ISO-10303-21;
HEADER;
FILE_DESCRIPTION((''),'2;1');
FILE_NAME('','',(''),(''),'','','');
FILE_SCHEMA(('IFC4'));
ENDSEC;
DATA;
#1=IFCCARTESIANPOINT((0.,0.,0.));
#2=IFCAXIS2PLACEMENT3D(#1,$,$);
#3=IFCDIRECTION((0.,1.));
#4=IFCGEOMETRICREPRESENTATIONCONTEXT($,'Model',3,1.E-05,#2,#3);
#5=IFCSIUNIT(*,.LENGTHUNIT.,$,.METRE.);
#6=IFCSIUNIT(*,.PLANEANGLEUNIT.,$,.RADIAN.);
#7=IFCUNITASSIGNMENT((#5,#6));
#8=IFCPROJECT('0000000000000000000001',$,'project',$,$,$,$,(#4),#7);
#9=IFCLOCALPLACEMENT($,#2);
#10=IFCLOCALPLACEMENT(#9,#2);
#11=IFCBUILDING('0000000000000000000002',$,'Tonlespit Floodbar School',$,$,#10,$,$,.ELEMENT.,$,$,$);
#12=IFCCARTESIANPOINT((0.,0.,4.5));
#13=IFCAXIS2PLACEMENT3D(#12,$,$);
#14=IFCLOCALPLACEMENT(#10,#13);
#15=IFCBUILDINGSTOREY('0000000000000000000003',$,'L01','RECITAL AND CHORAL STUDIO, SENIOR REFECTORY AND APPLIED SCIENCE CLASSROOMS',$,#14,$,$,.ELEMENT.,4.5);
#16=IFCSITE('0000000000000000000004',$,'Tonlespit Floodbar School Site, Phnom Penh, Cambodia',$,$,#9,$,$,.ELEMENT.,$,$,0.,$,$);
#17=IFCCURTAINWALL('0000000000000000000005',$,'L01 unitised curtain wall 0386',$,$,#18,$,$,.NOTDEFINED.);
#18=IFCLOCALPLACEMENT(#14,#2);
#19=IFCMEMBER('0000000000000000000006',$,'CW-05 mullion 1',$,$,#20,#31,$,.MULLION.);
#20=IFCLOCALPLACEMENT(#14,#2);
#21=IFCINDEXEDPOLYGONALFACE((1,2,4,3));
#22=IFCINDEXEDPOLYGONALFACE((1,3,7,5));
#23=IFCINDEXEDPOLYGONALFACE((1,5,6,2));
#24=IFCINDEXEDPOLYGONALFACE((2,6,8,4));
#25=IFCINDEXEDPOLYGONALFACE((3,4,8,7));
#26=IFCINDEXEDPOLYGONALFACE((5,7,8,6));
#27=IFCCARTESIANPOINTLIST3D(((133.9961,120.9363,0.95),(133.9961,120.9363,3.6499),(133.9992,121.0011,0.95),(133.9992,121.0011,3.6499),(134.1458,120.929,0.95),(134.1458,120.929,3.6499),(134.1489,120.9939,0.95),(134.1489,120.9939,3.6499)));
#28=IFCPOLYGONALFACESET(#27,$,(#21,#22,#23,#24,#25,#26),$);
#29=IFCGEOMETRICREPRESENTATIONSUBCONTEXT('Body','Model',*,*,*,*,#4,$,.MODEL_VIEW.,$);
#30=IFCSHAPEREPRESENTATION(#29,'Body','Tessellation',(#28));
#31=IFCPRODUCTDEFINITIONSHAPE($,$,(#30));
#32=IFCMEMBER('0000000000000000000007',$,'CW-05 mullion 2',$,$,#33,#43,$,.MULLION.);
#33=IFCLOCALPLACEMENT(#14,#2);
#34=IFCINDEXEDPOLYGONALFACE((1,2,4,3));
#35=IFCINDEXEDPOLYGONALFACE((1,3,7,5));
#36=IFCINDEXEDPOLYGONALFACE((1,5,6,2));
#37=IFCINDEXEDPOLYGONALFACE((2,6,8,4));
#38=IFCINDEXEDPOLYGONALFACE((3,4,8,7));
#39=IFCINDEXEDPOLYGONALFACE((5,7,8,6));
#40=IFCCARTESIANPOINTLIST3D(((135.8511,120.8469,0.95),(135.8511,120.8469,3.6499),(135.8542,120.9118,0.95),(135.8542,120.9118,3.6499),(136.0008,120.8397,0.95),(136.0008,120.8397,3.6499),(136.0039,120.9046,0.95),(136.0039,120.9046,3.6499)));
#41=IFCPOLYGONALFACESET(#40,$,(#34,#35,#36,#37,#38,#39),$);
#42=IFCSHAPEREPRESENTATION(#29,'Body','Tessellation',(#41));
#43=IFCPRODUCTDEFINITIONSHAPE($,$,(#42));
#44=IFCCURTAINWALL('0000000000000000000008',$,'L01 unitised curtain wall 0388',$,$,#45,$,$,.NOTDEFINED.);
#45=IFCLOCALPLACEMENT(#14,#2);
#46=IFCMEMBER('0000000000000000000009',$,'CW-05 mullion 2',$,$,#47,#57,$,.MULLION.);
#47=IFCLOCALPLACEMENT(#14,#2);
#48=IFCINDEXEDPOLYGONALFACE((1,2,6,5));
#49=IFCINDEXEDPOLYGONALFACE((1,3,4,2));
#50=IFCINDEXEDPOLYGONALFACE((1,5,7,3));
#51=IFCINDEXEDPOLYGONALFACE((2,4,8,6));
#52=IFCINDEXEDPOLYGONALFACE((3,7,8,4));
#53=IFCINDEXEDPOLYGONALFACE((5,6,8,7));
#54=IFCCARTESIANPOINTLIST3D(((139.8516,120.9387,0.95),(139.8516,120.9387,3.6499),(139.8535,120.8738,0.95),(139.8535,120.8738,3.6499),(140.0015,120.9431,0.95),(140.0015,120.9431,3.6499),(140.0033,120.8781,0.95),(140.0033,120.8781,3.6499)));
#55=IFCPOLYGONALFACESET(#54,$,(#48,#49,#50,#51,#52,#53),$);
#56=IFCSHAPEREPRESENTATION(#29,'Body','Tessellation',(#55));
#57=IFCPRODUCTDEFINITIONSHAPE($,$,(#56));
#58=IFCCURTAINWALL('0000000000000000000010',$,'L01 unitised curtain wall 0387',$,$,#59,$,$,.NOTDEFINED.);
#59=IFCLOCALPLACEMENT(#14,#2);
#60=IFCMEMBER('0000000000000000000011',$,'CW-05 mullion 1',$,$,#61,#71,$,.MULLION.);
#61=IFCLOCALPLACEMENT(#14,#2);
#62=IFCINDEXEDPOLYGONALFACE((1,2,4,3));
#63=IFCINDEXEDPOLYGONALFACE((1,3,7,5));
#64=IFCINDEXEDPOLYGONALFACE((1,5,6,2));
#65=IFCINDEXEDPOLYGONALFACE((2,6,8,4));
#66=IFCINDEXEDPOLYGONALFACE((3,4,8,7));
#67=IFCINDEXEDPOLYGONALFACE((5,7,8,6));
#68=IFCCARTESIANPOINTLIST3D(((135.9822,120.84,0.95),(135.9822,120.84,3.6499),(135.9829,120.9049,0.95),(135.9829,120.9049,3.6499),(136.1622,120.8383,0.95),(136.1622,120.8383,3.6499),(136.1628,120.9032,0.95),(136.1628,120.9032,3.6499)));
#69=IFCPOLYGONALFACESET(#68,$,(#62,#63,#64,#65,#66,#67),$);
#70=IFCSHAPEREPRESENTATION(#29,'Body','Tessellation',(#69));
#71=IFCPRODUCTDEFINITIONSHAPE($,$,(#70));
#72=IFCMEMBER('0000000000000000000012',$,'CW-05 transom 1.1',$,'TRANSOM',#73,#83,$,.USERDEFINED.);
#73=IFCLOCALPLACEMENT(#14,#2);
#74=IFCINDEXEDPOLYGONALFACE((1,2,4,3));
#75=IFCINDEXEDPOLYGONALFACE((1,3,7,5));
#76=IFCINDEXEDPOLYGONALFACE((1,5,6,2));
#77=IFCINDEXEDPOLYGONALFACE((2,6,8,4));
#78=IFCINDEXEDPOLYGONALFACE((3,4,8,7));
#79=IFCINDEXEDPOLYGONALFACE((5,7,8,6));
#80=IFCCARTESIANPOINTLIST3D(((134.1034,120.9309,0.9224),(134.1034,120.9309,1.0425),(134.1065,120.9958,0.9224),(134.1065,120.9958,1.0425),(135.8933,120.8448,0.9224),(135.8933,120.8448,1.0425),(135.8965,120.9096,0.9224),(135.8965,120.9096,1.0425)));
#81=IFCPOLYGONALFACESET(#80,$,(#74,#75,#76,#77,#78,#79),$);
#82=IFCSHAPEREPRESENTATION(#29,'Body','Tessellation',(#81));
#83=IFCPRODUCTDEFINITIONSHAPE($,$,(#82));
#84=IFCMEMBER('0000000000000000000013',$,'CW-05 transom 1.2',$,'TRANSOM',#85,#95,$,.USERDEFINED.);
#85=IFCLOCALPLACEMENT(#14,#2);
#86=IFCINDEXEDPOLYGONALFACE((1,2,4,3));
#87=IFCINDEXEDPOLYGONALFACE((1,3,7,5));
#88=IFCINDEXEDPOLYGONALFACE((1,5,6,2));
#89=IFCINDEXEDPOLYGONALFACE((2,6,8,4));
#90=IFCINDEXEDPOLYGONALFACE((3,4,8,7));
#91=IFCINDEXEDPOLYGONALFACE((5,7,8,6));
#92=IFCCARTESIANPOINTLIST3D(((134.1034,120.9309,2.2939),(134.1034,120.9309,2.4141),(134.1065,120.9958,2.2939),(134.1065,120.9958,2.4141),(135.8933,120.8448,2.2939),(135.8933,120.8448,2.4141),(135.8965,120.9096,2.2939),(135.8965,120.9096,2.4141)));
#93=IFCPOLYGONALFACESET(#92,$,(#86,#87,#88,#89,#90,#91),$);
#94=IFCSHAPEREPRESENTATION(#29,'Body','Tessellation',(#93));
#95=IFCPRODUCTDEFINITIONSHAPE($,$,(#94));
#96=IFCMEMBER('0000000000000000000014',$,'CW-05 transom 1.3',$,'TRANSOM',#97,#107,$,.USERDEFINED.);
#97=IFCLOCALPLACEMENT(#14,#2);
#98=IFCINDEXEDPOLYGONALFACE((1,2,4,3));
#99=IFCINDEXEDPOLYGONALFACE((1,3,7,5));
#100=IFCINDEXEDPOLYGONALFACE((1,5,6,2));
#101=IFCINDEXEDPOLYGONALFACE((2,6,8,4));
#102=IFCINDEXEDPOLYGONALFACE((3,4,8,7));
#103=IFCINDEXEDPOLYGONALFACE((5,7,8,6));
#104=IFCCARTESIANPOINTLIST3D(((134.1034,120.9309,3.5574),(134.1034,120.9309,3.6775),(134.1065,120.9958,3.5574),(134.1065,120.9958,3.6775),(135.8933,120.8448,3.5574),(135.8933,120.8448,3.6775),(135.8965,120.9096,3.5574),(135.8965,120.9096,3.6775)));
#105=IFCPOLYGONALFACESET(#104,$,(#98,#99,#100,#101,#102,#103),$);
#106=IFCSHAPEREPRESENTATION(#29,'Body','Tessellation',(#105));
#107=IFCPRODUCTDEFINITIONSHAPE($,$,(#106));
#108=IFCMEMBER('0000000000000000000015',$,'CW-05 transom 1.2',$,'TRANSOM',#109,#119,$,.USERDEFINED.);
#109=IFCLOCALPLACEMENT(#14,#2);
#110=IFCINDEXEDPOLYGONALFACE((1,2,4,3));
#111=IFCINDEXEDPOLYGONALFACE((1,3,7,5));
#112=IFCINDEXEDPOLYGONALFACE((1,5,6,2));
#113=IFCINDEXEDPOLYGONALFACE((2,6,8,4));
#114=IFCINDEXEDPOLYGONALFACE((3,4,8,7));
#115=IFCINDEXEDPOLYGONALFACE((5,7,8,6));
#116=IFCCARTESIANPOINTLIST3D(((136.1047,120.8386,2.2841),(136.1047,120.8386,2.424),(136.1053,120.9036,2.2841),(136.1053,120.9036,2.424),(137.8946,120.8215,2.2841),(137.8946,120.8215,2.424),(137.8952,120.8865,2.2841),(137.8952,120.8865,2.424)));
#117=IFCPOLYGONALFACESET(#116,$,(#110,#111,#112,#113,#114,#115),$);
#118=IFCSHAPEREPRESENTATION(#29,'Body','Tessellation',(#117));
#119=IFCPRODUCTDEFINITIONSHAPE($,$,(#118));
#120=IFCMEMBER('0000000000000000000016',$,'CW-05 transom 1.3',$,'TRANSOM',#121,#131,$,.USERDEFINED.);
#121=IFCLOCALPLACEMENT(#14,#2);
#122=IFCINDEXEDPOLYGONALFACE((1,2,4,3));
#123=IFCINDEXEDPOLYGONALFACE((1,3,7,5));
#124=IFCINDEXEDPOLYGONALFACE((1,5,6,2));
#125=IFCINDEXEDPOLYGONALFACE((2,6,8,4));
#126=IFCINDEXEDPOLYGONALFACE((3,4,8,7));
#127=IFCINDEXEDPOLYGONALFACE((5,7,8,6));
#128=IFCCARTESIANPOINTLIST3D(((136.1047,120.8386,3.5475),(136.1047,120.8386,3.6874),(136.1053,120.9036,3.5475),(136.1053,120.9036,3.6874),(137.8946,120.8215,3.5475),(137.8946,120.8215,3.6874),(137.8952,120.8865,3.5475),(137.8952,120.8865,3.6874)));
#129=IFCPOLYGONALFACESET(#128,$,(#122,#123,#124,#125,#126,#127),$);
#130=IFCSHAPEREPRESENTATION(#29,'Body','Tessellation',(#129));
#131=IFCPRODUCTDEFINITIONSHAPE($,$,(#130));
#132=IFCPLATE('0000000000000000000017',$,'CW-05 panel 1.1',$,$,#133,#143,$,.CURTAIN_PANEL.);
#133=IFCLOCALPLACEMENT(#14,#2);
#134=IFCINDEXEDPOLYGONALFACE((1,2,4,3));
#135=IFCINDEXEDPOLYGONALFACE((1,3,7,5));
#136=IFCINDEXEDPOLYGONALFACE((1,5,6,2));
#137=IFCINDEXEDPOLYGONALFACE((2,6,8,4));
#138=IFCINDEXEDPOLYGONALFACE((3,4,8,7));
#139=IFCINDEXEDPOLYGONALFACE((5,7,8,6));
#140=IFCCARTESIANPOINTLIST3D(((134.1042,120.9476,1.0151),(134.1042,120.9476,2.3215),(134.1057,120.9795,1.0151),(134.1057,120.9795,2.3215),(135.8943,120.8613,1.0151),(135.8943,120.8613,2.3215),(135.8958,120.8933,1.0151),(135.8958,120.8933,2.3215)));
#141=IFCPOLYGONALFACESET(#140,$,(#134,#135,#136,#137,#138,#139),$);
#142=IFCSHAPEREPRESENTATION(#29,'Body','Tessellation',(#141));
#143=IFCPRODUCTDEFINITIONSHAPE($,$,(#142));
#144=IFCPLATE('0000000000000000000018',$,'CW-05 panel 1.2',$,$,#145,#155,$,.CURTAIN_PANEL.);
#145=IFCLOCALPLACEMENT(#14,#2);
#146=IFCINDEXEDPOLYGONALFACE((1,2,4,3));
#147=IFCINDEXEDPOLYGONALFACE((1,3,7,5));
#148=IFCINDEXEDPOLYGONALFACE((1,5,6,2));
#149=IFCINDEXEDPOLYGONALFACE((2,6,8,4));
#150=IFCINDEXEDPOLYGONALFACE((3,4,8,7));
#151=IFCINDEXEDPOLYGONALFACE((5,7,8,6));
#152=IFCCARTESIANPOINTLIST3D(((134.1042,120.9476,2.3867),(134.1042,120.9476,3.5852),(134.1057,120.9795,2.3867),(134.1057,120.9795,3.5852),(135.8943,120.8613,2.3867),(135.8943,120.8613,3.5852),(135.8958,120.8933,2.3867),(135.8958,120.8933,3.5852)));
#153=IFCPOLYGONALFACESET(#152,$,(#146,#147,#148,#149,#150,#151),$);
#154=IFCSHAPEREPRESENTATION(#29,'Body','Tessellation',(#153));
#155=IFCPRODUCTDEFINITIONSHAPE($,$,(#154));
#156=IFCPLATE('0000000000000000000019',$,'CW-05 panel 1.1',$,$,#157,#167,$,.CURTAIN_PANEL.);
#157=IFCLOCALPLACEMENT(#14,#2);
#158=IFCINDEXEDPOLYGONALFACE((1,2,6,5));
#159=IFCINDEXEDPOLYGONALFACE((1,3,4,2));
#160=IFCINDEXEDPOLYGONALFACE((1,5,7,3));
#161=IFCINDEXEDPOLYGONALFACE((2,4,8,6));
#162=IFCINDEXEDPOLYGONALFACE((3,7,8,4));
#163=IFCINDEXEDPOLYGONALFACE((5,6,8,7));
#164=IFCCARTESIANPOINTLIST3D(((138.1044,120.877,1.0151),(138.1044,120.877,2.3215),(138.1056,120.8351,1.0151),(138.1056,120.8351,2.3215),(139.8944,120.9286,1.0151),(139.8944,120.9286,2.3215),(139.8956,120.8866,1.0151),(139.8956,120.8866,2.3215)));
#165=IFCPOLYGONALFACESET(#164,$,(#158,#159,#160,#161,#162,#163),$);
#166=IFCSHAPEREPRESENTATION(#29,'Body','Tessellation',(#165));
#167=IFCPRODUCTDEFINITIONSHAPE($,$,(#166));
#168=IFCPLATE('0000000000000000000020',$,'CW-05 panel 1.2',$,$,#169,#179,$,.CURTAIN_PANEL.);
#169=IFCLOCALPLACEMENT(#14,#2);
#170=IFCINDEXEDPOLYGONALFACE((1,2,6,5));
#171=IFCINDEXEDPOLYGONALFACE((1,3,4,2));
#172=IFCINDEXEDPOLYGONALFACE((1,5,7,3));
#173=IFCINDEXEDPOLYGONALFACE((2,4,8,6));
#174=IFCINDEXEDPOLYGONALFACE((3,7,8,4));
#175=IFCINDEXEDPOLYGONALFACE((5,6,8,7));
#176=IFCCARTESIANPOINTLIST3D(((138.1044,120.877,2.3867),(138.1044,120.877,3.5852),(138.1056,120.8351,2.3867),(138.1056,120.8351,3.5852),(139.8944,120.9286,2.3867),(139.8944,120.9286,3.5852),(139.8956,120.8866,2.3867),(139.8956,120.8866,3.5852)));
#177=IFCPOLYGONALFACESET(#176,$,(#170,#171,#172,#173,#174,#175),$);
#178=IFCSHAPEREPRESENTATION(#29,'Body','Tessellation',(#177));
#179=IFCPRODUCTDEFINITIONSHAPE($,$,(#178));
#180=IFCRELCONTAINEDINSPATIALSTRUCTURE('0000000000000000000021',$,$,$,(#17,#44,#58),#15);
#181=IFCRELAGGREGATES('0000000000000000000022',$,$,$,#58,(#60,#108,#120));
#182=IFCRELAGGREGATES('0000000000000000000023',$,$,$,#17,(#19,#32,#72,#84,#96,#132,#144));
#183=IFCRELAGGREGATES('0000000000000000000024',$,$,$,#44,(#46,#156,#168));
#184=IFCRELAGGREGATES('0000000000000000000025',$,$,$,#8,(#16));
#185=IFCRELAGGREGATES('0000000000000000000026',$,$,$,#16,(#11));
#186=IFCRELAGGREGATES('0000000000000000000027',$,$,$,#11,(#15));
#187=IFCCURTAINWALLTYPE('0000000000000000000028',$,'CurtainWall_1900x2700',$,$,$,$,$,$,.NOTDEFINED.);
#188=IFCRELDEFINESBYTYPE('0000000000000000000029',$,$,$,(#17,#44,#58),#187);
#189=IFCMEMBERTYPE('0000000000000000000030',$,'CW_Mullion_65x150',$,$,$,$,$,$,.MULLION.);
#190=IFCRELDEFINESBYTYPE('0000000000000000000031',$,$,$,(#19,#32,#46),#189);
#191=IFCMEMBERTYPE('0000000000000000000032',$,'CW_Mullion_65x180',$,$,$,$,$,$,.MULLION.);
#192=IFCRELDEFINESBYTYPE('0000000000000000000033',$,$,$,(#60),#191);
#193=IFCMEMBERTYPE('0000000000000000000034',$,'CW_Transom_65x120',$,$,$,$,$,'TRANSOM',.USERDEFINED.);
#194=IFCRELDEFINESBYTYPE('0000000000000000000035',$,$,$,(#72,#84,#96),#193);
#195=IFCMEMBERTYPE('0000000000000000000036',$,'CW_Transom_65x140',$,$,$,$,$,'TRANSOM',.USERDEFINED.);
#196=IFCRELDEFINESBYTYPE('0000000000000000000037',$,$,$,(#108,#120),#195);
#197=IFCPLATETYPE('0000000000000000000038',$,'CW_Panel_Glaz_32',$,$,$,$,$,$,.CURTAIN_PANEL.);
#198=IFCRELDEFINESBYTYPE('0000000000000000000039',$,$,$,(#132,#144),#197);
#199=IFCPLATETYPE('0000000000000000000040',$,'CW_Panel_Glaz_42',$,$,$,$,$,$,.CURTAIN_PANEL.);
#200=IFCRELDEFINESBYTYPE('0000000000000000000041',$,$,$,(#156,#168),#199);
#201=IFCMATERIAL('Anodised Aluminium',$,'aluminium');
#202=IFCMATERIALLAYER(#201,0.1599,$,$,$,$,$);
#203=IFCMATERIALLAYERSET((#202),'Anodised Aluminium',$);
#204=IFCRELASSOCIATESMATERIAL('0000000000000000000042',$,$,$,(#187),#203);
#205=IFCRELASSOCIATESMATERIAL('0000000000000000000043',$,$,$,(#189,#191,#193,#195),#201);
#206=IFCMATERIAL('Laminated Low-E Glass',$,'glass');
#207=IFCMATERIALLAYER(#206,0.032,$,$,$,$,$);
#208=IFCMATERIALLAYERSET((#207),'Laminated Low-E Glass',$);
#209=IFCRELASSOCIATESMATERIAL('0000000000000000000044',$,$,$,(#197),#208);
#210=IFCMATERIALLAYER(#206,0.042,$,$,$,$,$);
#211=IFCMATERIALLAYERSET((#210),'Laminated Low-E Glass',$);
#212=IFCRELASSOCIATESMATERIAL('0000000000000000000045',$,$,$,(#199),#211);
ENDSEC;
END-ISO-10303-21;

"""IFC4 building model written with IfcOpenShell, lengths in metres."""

from ifc_helpers import new_model, si_unit, direction, frame, origin, origin_2d, place, context, subcontext, project, spatial, rectangle, extrude, material, layer, layer_set, material_profile, profile_set, type_object, element, aggregate, save


model = new_model("IFC4")

# Units and contexts
model_context = context("Model", 3, precision=1e-05, world=origin(), true_north=direction((0.0, 1.0)))
body_context = subcontext(model_context, "Body", "Model", "MODEL_VIEW")
ifc_project = project(units=[si_unit("LENGTHUNIT", "METRE"), si_unit("PLANEANGLEUNIT", "RADIAN")], contexts=[model_context])

# Site, building, storey
site_placement = place(None, origin())
site = spatial("IfcSite", under=ifc_project, at=site_placement, Name="Tonlespit Floodbar School Site, Phnom Penh, Cambodia", CompositionType="ELEMENT", RefElevation=0.0)
building_placement = place(site_placement, origin())
building = spatial("IfcBuilding", under=site, at=building_placement, Name="Tonlespit Floodbar School", CompositionType="ELEMENT")
storey_placement = place(building_placement, frame((0.0, 0.0, 4.5)))
storey = spatial("IfcBuildingStorey", under=building, at=storey_placement, Name="L01", Description="RECITAL AND CHORAL STUDIO, SENIOR REFECTORY AND APPLIED SCIENCE CLASSROOMS", CompositionType="ELEMENT", Elevation=4.5)

# Curtain wall, members
ifc_material_1 = material(Name="Anodised Aluminium", Category="aluminium")
ifc_layer_1 = layer(ifc_material_1, 0.1599)
ifc_layer_set_1 = layer_set([ifc_layer_1], Name="Anodised Aluminium")
curtain_wall_type = type_object("IfcCurtainWallType", Name="CurtainWall_1900x2700", PredefinedType="NOTDEFINED", material=ifc_layer_set_1)
curtain_wall_1_placement = place(storey_placement, origin())
curtain_wall_1 = element("IfcCurtainWall", 1, at=curtain_wall_1_placement, inside=storey, type_object=curtain_wall_type, Name="L01 unitised curtain wall 0386", PredefinedType="NOTDEFINED")
ifc_material_profile_1 = material_profile(ifc_material_1, rectangle(XDim=0.0649, YDim=0.1499, at=origin_2d()), Name="ALU M65x150")
ifc_profile_set_1 = profile_set([ifc_material_profile_1], Name="Anodised Aluminium")
member_type_1 = type_object("IfcMemberType", Name="CW_Mullion_65x150", PredefinedType="MULLION", material=ifc_profile_set_1)
member_1_placement = place(storey_placement, frame((134.0725, 120.9651, 0.95), z_axis=(0.0, 0.0, 1.0), x_axis=(0.048121, 0.998842, 0.0)))
member_1 = element("IfcMember", 2, at=member_1_placement, type_object=member_type_1, Name="CW-05 mullion 1", PredefinedType="MULLION", context=body_context, shape_type="SweptSolid", body=[
    extrude(rectangle(XDim=0.0649, YDim=0.1499, at=origin_2d()), origin(), (0.0, 0.0, 1.0), 2.7),
])
member_2_placement = place(storey_placement, frame((135.9275, 120.8757, 0.95), z_axis=(0.0, 0.0, 1.0), x_axis=(0.048121, 0.998842, 0.0)))
member_2 = element("IfcMember", 3, at=member_2_placement, type_object=member_type_1, Name="CW-05 mullion 2", PredefinedType="MULLION", context=body_context, shape_type="SweptSolid", body=[
    extrude(rectangle(XDim=0.0649, YDim=0.1499, at=origin_2d()), origin(), (0.0, 0.0, 1.0), 2.7),
])

# Curtain walls, members
curtain_wall_2_placement = place(storey_placement, origin())
curtain_wall_2 = element("IfcCurtainWall", 4, at=curtain_wall_2_placement, inside=storey, type_object=curtain_wall_type, Name="L01 unitised curtain wall 0388", PredefinedType="NOTDEFINED")
member_3_placement = place(storey_placement, frame((139.9275, 120.9084, 0.95), z_axis=(0.0, 0.0, 1.0), x_axis=(-0.02879, 0.999585, 0.0)))
member_3 = element("IfcMember", 5, at=member_3_placement, type_object=member_type_1, Name="CW-05 mullion 2", PredefinedType="MULLION", context=body_context, shape_type="SweptSolid", body=[
    extrude(rectangle(XDim=0.0649, YDim=0.1499, at=origin_2d()), origin(), (0.0, 0.0, 1.0), 2.7),
])
curtain_wall_3_placement = place(storey_placement, origin())
curtain_wall_3 = element("IfcCurtainWall", 6, at=curtain_wall_3_placement, inside=storey, type_object=curtain_wall_type, Name="L01 unitised curtain wall 0387", PredefinedType="NOTDEFINED")
ifc_material_profile_2 = material_profile(ifc_material_1, rectangle(XDim=0.0649, YDim=0.1799, at=origin_2d()), Name="ALU M65x180")
ifc_profile_set_2 = profile_set([ifc_material_profile_2], Name="Anodised Aluminium")
member_type_2 = type_object("IfcMemberType", Name="CW_Mullion_65x180", PredefinedType="MULLION", material=ifc_profile_set_2)
member_4_placement = place(storey_placement, frame((136.0725, 120.8716, 0.95), z_axis=(0.0, 0.0, 1.0), x_axis=(0.009583, 0.999954, 0.0)))
member_4 = element("IfcMember", 7, at=member_4_placement, type_object=member_type_2, Name="CW-05 mullion 1", PredefinedType="MULLION", context=body_context, shape_type="SweptSolid", body=[
    extrude(rectangle(XDim=0.0649, YDim=0.1799, at=origin_2d()), origin(), (0.0, 0.0, 1.0), 2.7),
])

# Members
ifc_material_profile_3 = material_profile(ifc_material_1, rectangle(XDim=0.0649, YDim=0.1201, at=origin_2d()), Name="ALU T65x120")
ifc_profile_set_3 = profile_set([ifc_material_profile_3], Name="Anodised Aluminium")
member_type_3 = type_object("IfcMemberType", Name="CW_Transom_65x120", ElementType="TRANSOM", PredefinedType="USERDEFINED", material=ifc_profile_set_3)
member_5_placement = place(storey_placement, frame((134.105, 120.9634, 0.9824), z_axis=(0.998843, -0.048089, 0.0), x_axis=(0.048089, 0.998843, 0.0)))
member_5 = element("IfcMember", 8, at=member_5_placement, type_object=member_type_3, Name="CW-05 transom 1.1", ObjectType="TRANSOM", PredefinedType="USERDEFINED", context=body_context, shape_type="SweptSolid", body=[
    extrude(rectangle(XDim=0.0649, YDim=0.1201, at=origin_2d()), origin(), (0.0, 0.0, 1.0), 1.792),
])
member_6_placement = place(storey_placement, frame((134.105, 120.9634, 2.354), z_axis=(0.998843, -0.048089, 0.0), x_axis=(0.048089, 0.998843, 0.0)))
member_6 = element("IfcMember", 9, at=member_6_placement, type_object=member_type_3, Name="CW-05 transom 1.2", ObjectType="TRANSOM", PredefinedType="USERDEFINED", context=body_context, shape_type="SweptSolid", body=[
    extrude(rectangle(XDim=0.0649, YDim=0.1201, at=origin_2d()), origin(), (0.0, 0.0, 1.0), 1.792),
])
member_7_placement = place(storey_placement, frame((134.105, 120.9634, 3.6174), z_axis=(0.998843, -0.048089, 0.0), x_axis=(0.048089, 0.998843, 0.0)))
member_7 = element("IfcMember", 10, at=member_7_placement, type_object=member_type_3, Name="CW-05 transom 1.3", ObjectType="TRANSOM", PredefinedType="USERDEFINED", context=body_context, shape_type="SweptSolid", body=[
    extrude(rectangle(XDim=0.0649, YDim=0.1201, at=origin_2d()), origin(), (0.0, 0.0, 1.0), 1.792),
])
ifc_material_profile_4 = material_profile(ifc_material_1, rectangle(XDim=0.0649, YDim=0.1399, at=origin_2d()), Name="ALU T65x140")
ifc_profile_set_4 = profile_set([ifc_material_profile_4], Name="Anodised Aluminium")
member_type_4 = type_object("IfcMemberType", Name="CW_Transom_65x140", ElementType="TRANSOM", PredefinedType="USERDEFINED", material=ifc_profile_set_4)
member_8_placement = place(storey_placement, frame((136.105, 120.8711, 2.354), z_axis=(0.999954, -0.009547, 0.0), x_axis=(0.009547, 0.999954, 0.0)))
member_8 = element("IfcMember", 11, at=member_8_placement, type_object=member_type_4, Name="CW-05 transom 1.2", ObjectType="TRANSOM", PredefinedType="USERDEFINED", context=body_context, shape_type="SweptSolid", body=[
    extrude(rectangle(XDim=0.0649, YDim=0.1399, at=origin_2d()), origin(), (0.0, 0.0, 1.0), 1.79),
])
member_9_placement = place(storey_placement, frame((136.105, 120.8711, 3.6174), z_axis=(0.999954, -0.009547, 0.0), x_axis=(0.009547, 0.999954, 0.0)))
member_9 = element("IfcMember", 12, at=member_9_placement, type_object=member_type_4, Name="CW-05 transom 1.3", ObjectType="TRANSOM", PredefinedType="USERDEFINED", context=body_context, shape_type="SweptSolid", body=[
    extrude(rectangle(XDim=0.0649, YDim=0.1399, at=origin_2d()), origin(), (0.0, 0.0, 1.0), 1.79),
])
aggregate(curtain_wall_3, [member_4, member_8, member_9])

# Plates
ifc_material_2 = material(Name="Laminated Low-E Glass", Category="glass")
ifc_layer_2 = layer(ifc_material_2, 0.032)
ifc_layer_set_2 = layer_set([ifc_layer_2], Name="Laminated Low-E Glass")
plate_type_1 = type_object("IfcPlateType", Name="CW_Panel_Glaz_32", PredefinedType="CURTAIN_PANEL", material=ifc_layer_set_2)
plate_1_placement = place(storey_placement, frame((135.0, 120.9204, 1.0151), z_axis=(0.0, 0.0, 1.0), x_axis=(0.998842, -0.048121, 0.0)))
plate_1 = element("IfcPlate", 13, at=plate_1_placement, type_object=plate_type_1, Name="CW-05 panel 1.1", PredefinedType="CURTAIN_PANEL", context=body_context, shape_type="SweptSolid", body=[
    extrude(rectangle(XDim=1.7922, YDim=0.032, at=origin_2d()), origin(), (0.0, 0.0, 1.0), 1.3064),
])
plate_2_placement = place(storey_placement, frame((135.0, 120.9204, 2.3867), z_axis=(0.0, 0.0, 1.0), x_axis=(0.998842, -0.048121, 0.0)))
plate_2 = element("IfcPlate", 14, at=plate_2_placement, type_object=plate_type_1, Name="CW-05 panel 1.2", PredefinedType="CURTAIN_PANEL", context=body_context, shape_type="SweptSolid", body=[
    extrude(rectangle(XDim=1.7922, YDim=0.032, at=origin_2d()), origin(), (0.0, 0.0, 1.0), 1.1985),
])
aggregate(curtain_wall_1, [member_1, member_2, member_5, member_6, member_7, plate_1, plate_2])
ifc_layer_3 = layer(ifc_material_2, 0.042)
ifc_layer_set_3 = layer_set([ifc_layer_3], Name="Laminated Low-E Glass")
plate_type_2 = type_object("IfcPlateType", Name="CW_Panel_Glaz_42", PredefinedType="CURTAIN_PANEL", material=ifc_layer_set_3)
plate_3_placement = place(storey_placement, frame((139.0, 120.8818, 1.0151), z_axis=(0.0, 0.0, 1.0), x_axis=(0.999585, 0.02879, 0.0)))
plate_3 = element("IfcPlate", 15, at=plate_3_placement, type_object=plate_type_2, Name="CW-05 panel 1.1", PredefinedType="CURTAIN_PANEL", context=body_context, shape_type="SweptSolid", body=[
    extrude(rectangle(XDim=1.7908, YDim=0.042, at=origin_2d()), origin(), (0.0, 0.0, 1.0), 1.3064),
])
plate_4_placement = place(storey_placement, frame((139.0, 120.8818, 2.3867), z_axis=(0.0, 0.0, 1.0), x_axis=(0.999585, 0.02879, 0.0)))
plate_4 = element("IfcPlate", 16, at=plate_4_placement, type_object=plate_type_2, Name="CW-05 panel 1.2", PredefinedType="CURTAIN_PANEL", context=body_context, shape_type="SweptSolid", body=[
    extrude(rectangle(XDim=1.7908, YDim=0.042, at=origin_2d()), origin(), (0.0, 0.0, 1.0), 1.1985),
])
aggregate(curtain_wall_2, [member_3, plate_3, plate_4])

save(model, "model.ifc")
